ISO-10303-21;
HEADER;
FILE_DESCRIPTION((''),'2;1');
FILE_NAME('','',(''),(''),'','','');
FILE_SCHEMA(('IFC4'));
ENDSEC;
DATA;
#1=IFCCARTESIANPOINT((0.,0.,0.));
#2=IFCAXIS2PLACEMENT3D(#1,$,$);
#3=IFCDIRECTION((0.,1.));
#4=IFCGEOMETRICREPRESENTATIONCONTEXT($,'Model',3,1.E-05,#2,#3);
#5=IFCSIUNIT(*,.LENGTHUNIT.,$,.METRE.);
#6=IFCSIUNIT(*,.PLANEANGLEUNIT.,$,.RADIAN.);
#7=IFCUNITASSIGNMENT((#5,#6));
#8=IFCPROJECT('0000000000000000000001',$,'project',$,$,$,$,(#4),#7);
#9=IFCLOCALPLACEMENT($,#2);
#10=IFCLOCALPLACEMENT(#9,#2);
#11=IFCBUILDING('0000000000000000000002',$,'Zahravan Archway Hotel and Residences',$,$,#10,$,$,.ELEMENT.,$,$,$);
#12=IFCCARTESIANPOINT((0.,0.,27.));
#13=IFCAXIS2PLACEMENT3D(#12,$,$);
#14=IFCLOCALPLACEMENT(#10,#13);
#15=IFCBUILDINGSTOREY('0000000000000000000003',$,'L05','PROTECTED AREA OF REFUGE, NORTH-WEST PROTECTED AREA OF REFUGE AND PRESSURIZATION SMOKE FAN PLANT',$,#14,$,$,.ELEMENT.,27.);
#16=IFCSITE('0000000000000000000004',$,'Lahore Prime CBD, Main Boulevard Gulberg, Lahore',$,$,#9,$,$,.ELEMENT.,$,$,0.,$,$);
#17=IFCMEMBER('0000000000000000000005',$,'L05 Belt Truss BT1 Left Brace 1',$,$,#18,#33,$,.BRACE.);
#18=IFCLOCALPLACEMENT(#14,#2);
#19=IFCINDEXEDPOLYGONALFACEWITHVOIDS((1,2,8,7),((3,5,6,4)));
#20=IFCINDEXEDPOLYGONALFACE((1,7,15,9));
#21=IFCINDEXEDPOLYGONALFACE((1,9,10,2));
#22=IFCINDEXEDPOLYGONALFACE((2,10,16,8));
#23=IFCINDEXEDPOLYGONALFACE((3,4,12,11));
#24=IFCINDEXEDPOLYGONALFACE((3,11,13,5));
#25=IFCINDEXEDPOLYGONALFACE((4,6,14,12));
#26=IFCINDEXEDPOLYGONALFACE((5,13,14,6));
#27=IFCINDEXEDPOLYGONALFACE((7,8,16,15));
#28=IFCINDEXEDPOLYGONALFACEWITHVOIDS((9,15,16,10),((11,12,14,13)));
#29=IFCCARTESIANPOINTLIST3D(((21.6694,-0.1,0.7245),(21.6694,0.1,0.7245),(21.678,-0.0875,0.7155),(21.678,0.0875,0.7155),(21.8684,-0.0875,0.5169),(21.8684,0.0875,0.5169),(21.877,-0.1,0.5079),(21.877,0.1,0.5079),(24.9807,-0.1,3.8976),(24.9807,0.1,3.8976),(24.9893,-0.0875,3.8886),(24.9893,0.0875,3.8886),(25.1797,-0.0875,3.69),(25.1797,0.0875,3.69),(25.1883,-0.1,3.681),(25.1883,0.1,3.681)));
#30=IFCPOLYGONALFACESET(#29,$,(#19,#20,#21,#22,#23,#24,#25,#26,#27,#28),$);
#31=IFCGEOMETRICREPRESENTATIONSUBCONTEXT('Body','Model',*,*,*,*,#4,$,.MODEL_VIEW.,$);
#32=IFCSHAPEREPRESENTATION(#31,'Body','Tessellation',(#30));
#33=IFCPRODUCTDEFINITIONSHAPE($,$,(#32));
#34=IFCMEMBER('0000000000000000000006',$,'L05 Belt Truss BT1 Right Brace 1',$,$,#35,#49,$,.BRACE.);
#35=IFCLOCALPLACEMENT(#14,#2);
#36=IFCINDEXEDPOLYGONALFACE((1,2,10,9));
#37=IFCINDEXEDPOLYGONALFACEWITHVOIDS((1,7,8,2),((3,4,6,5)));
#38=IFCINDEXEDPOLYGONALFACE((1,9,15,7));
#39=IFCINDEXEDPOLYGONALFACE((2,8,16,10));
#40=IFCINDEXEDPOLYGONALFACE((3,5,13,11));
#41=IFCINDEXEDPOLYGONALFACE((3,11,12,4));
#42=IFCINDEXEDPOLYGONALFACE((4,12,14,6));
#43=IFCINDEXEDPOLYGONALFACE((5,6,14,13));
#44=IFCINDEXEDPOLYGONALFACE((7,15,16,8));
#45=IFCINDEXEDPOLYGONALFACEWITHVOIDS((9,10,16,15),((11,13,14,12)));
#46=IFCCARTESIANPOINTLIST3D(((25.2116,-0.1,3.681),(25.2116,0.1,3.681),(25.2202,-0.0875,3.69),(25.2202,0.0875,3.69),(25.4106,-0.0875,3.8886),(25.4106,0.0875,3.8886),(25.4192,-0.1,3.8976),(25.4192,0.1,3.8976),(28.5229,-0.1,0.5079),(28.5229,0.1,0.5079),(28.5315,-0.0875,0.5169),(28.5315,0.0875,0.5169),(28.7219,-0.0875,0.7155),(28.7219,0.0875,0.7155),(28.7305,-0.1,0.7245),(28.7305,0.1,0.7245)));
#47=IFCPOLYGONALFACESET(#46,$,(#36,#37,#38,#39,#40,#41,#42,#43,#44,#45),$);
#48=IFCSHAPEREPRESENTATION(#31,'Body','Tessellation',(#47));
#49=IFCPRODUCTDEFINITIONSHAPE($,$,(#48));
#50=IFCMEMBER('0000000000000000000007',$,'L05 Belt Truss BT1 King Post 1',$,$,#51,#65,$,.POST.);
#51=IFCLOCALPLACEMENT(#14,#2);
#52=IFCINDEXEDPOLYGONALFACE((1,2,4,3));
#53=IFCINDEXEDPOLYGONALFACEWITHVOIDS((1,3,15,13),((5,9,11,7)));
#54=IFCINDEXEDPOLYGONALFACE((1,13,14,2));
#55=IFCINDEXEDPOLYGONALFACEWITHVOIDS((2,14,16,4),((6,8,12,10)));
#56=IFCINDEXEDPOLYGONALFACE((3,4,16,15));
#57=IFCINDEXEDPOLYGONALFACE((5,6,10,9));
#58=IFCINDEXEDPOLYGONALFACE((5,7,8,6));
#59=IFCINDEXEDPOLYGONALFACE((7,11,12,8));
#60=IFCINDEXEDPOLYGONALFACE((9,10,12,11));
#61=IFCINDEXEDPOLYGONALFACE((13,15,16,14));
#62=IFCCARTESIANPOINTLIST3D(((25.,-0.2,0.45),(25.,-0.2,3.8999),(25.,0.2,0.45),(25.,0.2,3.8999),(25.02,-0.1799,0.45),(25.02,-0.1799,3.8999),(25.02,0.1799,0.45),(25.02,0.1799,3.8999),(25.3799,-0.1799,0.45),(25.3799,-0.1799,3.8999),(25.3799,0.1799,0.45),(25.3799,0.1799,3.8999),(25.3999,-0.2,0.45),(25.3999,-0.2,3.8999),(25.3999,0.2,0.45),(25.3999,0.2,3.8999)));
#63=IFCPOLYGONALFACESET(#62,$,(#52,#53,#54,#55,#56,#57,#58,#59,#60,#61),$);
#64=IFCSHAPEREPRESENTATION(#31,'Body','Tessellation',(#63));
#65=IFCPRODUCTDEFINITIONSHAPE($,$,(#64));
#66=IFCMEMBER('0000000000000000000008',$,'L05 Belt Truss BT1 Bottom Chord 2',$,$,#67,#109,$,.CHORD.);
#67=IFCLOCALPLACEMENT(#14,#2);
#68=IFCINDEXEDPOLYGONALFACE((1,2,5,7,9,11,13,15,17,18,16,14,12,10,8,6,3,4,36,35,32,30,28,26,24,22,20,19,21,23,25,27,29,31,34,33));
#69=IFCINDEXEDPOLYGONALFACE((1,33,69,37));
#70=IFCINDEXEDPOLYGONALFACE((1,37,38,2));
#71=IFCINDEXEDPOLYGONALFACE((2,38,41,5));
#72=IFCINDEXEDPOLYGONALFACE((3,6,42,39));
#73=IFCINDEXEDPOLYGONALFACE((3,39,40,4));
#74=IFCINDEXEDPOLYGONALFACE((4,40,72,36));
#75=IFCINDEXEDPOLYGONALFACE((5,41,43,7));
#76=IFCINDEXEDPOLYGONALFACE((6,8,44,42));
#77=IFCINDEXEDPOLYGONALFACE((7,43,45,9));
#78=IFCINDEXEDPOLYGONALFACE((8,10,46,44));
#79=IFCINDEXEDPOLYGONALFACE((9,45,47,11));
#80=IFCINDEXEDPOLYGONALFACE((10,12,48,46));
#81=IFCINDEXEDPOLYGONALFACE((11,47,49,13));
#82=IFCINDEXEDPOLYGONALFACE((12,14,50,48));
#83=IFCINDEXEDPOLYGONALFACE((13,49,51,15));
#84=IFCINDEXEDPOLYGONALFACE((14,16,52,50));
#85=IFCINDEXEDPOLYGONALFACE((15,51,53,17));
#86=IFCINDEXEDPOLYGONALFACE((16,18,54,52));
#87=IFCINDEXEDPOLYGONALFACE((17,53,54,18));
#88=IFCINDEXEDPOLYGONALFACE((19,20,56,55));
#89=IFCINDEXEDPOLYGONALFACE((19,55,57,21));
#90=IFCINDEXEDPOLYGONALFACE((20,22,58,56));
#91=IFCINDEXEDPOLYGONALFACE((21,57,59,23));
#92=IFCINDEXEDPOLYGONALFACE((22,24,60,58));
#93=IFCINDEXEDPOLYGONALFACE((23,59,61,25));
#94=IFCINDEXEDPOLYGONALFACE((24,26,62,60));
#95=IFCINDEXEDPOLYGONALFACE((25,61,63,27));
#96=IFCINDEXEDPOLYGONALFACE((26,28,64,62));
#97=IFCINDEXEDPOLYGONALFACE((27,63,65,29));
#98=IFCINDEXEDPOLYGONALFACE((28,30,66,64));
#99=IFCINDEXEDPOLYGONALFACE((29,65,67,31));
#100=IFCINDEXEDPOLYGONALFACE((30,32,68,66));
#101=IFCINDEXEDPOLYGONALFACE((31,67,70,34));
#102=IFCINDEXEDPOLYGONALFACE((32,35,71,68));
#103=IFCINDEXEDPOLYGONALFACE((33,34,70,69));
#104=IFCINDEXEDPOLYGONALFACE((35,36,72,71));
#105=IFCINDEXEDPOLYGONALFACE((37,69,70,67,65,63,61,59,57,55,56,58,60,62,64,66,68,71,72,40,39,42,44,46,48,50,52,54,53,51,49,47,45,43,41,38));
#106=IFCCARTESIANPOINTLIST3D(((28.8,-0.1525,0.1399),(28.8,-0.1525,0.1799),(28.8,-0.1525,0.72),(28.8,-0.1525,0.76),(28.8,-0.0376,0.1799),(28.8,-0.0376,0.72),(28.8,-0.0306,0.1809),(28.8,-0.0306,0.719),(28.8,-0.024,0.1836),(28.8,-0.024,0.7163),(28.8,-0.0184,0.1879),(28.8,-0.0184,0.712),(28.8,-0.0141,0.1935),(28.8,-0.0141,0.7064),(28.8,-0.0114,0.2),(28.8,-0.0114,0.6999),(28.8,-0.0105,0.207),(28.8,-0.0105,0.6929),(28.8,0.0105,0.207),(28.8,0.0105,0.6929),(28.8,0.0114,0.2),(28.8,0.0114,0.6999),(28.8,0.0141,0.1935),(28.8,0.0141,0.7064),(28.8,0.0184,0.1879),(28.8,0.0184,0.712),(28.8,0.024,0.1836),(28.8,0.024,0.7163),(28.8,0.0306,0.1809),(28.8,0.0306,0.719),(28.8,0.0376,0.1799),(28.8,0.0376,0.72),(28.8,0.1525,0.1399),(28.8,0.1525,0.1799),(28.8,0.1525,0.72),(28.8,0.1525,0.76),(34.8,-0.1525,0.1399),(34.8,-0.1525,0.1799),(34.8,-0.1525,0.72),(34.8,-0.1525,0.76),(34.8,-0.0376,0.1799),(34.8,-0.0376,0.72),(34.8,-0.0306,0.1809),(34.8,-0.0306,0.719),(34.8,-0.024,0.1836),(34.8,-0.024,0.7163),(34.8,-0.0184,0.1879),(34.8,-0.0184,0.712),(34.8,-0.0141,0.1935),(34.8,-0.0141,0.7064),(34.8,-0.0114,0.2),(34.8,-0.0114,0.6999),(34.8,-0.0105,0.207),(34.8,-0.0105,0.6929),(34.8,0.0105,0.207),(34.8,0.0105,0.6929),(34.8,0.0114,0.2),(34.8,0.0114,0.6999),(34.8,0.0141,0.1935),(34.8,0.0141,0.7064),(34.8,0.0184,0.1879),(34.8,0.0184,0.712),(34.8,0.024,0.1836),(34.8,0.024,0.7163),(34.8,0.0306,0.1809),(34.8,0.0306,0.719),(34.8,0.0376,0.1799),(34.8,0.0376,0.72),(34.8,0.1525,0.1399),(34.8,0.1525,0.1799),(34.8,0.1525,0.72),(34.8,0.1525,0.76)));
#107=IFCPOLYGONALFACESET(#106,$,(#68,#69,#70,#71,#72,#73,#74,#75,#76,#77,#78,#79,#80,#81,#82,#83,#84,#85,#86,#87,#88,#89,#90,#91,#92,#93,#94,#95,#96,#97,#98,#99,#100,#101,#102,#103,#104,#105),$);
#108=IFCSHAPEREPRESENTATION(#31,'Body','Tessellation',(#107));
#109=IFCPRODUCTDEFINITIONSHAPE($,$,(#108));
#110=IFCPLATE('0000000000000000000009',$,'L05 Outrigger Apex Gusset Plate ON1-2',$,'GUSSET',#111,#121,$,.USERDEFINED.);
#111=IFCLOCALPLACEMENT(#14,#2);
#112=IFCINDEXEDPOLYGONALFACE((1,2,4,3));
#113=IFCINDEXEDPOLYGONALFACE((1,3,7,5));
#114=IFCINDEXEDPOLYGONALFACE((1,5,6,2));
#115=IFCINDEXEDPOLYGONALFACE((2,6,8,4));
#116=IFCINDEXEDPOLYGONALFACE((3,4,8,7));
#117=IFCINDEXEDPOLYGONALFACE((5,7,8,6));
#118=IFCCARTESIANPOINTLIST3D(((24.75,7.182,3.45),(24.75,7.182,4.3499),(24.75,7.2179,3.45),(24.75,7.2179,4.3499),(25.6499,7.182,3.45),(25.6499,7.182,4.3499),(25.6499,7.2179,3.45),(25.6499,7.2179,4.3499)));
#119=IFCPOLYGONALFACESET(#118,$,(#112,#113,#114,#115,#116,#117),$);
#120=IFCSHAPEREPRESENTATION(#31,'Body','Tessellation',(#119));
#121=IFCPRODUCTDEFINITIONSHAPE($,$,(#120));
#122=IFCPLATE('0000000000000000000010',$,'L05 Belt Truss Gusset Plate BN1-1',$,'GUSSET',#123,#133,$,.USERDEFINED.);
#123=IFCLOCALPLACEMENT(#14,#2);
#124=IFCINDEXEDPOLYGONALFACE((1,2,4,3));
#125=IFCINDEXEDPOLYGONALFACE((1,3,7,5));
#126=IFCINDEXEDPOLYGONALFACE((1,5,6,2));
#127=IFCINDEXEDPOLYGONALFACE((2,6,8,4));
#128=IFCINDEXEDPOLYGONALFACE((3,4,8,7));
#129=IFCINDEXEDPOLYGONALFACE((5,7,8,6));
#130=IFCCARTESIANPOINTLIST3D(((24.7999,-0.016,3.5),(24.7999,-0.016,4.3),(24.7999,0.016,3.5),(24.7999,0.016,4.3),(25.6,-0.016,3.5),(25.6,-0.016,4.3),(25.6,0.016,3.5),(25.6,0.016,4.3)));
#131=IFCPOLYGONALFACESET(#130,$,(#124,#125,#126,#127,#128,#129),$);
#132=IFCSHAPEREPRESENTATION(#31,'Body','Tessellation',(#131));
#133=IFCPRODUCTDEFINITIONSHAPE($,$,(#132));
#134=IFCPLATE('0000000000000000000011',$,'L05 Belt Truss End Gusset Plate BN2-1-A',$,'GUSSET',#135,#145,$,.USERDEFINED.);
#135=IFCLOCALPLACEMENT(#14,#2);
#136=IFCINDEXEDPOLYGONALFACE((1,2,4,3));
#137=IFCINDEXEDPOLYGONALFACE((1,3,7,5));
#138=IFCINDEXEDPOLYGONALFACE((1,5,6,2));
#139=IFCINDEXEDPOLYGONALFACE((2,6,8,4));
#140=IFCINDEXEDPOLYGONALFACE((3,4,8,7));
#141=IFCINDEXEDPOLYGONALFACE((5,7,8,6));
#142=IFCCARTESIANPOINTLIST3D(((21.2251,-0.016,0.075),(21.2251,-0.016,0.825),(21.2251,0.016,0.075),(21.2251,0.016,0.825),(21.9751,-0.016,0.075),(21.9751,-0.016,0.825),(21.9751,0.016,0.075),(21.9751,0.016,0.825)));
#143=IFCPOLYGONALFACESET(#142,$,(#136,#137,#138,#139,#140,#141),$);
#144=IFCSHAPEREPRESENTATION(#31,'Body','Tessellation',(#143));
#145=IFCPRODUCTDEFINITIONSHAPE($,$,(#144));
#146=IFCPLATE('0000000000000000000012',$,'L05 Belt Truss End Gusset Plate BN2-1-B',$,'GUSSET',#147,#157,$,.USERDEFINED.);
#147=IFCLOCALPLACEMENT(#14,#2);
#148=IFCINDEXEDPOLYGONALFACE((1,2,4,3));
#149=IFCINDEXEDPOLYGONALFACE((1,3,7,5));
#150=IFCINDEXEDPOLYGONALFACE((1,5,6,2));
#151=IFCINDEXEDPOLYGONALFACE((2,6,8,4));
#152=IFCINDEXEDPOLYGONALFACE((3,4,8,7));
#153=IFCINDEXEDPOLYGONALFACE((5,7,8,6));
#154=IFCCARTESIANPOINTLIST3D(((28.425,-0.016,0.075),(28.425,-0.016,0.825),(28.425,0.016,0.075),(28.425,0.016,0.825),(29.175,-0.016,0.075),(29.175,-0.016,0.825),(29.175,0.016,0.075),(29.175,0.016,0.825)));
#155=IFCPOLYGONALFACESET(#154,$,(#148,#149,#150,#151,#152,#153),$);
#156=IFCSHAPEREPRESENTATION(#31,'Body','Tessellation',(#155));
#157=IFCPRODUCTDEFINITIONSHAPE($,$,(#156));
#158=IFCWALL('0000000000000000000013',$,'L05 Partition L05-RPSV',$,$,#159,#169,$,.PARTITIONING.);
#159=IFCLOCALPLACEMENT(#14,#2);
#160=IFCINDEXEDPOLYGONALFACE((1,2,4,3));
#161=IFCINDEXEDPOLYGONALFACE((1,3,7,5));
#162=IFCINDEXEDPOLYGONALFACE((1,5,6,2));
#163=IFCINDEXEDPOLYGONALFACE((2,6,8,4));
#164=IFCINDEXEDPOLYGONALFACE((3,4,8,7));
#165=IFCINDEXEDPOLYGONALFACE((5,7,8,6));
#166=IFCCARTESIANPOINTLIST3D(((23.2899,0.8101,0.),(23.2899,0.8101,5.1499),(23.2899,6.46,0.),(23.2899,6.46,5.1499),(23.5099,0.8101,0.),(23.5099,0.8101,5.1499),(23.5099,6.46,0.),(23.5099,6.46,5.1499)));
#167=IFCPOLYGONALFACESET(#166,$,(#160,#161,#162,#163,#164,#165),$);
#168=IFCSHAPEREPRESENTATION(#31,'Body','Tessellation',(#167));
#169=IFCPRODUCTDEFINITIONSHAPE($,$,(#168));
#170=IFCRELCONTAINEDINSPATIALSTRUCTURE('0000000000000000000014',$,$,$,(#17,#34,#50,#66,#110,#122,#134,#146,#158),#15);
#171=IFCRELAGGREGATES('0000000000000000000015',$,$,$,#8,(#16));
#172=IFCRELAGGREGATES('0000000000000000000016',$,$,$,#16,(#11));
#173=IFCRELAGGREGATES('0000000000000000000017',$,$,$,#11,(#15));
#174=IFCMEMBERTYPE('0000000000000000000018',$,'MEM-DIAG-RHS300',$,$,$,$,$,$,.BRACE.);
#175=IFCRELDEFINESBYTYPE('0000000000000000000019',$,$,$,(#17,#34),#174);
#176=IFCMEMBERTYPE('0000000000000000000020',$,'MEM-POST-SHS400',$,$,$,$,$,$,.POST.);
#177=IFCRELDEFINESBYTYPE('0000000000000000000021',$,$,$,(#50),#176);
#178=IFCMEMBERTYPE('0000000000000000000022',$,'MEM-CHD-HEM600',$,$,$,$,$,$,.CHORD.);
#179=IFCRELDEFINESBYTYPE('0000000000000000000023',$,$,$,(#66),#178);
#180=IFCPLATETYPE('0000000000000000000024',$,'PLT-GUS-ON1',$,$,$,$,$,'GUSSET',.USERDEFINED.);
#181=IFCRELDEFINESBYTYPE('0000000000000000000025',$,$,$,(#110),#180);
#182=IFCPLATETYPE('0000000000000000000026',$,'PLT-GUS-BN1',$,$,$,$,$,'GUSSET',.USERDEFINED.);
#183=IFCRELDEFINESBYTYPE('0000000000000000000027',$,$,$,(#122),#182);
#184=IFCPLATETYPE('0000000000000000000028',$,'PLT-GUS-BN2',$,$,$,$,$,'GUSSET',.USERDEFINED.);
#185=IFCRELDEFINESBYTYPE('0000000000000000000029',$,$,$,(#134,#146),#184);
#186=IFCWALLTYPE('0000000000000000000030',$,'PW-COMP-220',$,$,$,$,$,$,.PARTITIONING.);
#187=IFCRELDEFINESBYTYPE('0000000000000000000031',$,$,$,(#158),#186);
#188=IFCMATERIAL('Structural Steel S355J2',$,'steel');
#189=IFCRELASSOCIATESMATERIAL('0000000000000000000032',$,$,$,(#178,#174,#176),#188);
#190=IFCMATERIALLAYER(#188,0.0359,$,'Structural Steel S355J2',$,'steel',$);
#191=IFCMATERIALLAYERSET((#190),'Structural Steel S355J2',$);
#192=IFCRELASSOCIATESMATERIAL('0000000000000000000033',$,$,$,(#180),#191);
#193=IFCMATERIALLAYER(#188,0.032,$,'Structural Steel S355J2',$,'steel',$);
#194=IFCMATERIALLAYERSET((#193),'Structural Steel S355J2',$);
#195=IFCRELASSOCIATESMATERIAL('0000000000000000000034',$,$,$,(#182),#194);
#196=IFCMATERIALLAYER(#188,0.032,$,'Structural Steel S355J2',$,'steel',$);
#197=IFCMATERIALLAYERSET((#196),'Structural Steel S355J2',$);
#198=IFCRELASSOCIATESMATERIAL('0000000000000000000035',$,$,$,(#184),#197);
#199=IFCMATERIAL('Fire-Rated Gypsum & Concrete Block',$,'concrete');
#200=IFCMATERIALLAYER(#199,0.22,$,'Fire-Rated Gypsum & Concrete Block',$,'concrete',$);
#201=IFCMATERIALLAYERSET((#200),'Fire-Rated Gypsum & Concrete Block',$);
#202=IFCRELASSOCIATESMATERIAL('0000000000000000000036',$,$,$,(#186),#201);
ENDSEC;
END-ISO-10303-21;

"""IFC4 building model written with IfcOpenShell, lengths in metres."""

from ifc_helpers import new_model, si_unit, direction, frame, frame_2d, origin, origin_2d, place, context, subcontext, project, spatial, rectangle, hollow_rectangle, i_section, extrude, source, transform, mapped, material, layer, layer_set, material_profile, profile_set, type_object, type_shapes, element, save


model = new_model("IFC4")

# Units and contexts
model_context = context("Model", 3, precision=1e-05, world=origin(), true_north=direction((0.0, 1.0)))
body_context = subcontext(model_context, "Body", "Model", "MODEL_VIEW")
ifc_project = project(units=[si_unit("LENGTHUNIT", "METRE"), si_unit("PLANEANGLEUNIT", "RADIAN")], contexts=[model_context])

# Site, building, storey
site_placement = place(None, origin())
site = spatial("IfcSite", under=ifc_project, at=site_placement, Name="Lahore Prime CBD, Main Boulevard Gulberg, Lahore", CompositionType="ELEMENT", RefElevation=0.0)
building_placement = place(site_placement, origin())
building = spatial("IfcBuilding", under=site, at=building_placement, Name="Zahravan Archway Hotel and Residences", CompositionType="ELEMENT")
storey_placement = place(building_placement, frame((0.0, 0.0, 27.0)))
storey = spatial("IfcBuildingStorey", under=building, at=storey_placement, Name="L05", Description="PROTECTED AREA OF REFUGE, NORTH-WEST PROTECTED AREA OF REFUGE AND PRESSURIZATION SMOKE FAN PLANT", CompositionType="ELEMENT", Elevation=27.0)

# Members
ifc_material_1 = material(Name="Structural Steel S355J2", Category="steel")
ifc_material_profile_1 = material_profile(ifc_material_1, i_section(OverallWidth=0.3049, OverallDepth=0.6201, WebThickness=0.021, FlangeThickness=0.04, FilletRadius=0.0271, at=origin_2d()), Name="HEM 600", Category="steel")
ifc_profile_set_1 = profile_set([ifc_material_profile_1], Name="Structural Steel S355J2")
member_type_1 = type_object("IfcMemberType", Name="MEM-CHD-HEM600", PredefinedType="CHORD", material=ifc_profile_set_1)
ifc_material_profile_2 = material_profile(ifc_material_1, hollow_rectangle(XDim=0.2, YDim=0.3, WallThickness=0.0125, at=origin_2d()), Name="RHS 300x200x12.5", Category="steel")
ifc_profile_set_2 = profile_set([ifc_material_profile_2], Name="Structural Steel S355J2")
member_type_2 = type_object("IfcMemberType", Name="MEM-DIAG-RHS300", PredefinedType="BRACE", material=ifc_profile_set_2)
shared_shape_1 = source(origin(), body_context, "Body", "SweptSolid", [
    extrude(hollow_rectangle(XDim=0.2, YDim=0.3, WallThickness=0.0125, at=origin_2d()), origin(), (0.0, 0.0, 1.0), 4.5862),
])
type_shapes(member_type_2, [shared_shape_1])
for number, where, z_axis, x_axis, name in (
    (1, (21.7732, 0.0, 0.6162), (0.722011, 0.0, 0.691881), (0.0, 1.0, 0.0), "L05 Belt Truss BT1 Left Brace 1"),
    (2, (25.3154, 0.0, 3.7893), (0.722011, 0.0, -0.691881), (0.0, 1.0, 0.0), "L05 Belt Truss BT1 Right Brace 1"),
):
    element("IfcMember", number, at=place(storey_placement, frame(where, z_axis=z_axis, x_axis=x_axis)), inside=storey, type_object=member_type_2, Name=name, PredefinedType="BRACE", context=body_context, shape_type="MappedRepresentation", body=[
        mapped(shared_shape_1, transform((0.0, 0.0, 0.0), scale=1.0)),
    ])
ifc_material_profile_3 = material_profile(ifc_material_1, hollow_rectangle(XDim=0.3999, YDim=0.3999, WallThickness=0.02, at=origin_2d()), Name="SHS 400x400x20", Category="steel")
ifc_profile_set_3 = profile_set([ifc_material_profile_3], Name="Structural Steel S355J2")
member_type_3 = type_object("IfcMemberType", Name="MEM-POST-SHS400", PredefinedType="POST", material=ifc_profile_set_3)
shared_shape_2 = source(origin(), body_context, "Body", "SweptSolid", [
    extrude(hollow_rectangle(XDim=0.3999, YDim=0.3999, WallThickness=0.02, at=origin_2d()), origin(), (0.0, 0.0, 1.0), 3.45),
])
type_shapes(member_type_3, [shared_shape_2])
member_1_placement = place(storey_placement, frame((25.2, 0.0, 0.45), z_axis=(0.0, 0.0, 1.0), x_axis=(1.0, 0.0, 0.0)))
element("IfcMember", 3, at=member_1_placement, inside=storey, type_object=member_type_3, Name="L05 Belt Truss BT1 King Post 1", PredefinedType="POST", context=body_context, shape_type="MappedRepresentation", body=[
    mapped(shared_shape_2, transform((0.0, 0.0, 0.0), scale=1.0)),
])
shared_shape_3 = source(origin(), body_context, "Body", "SweptSolid", [
    extrude(i_section(OverallWidth=0.3049, OverallDepth=0.6201, WebThickness=0.021, FlangeThickness=0.04, FilletRadius=0.0271, at=origin_2d()), origin(), (0.0, 0.0, 1.0), 6.0),
])
member_2_placement = place(storey_placement, frame((28.8, 0.0, 0.45), z_axis=(1.0, 0.0, 0.0), x_axis=(0.0, 1.0, 0.0)))
element("IfcMember", 4, at=member_2_placement, inside=storey, type_object=member_type_1, Name="L05 Belt Truss BT1 Bottom Chord 2", PredefinedType="CHORD", context=body_context, shape_type="MappedRepresentation", body=[
    mapped(shared_shape_3, transform((0.0, 0.0, 0.0), scale=1.0)),
])

# Plates
ifc_layer_1 = layer(ifc_material_1, 0.0359, Name="Structural Steel S355J2", Category="steel")
ifc_layer_set_1 = layer_set([ifc_layer_1], Name="Structural Steel S355J2")
plate_type_1 = type_object("IfcPlateType", Name="PLT-GUS-ON1", ElementType="GUSSET", PredefinedType="USERDEFINED", material=ifc_layer_set_1)
shared_shape_4 = source(origin(), body_context, "Body", "SweptSolid", [
    extrude(rectangle(XDim=0.8999, YDim=0.0359, at=origin_2d()), origin(), (0.0, 0.0, 1.0), 0.8999),
])
type_shapes(plate_type_1, [shared_shape_4])
plate_1_placement = place(storey_placement, frame((25.2, 7.2, 3.45), z_axis=(0.0, 0.0, 1.0), x_axis=(1.0, 0.0, 0.0)))
element("IfcPlate", 5, at=plate_1_placement, inside=storey, type_object=plate_type_1, Name="L05 Outrigger Apex Gusset Plate ON1-2", ObjectType="GUSSET", PredefinedType="USERDEFINED", context=body_context, shape_type="MappedRepresentation", body=[
    mapped(shared_shape_4, transform((0.0, 0.0, 0.0), scale=1.0)),
])
ifc_layer_2 = layer(ifc_material_1, 0.032, Name="Structural Steel S355J2", Category="steel")
ifc_layer_set_2 = layer_set([ifc_layer_2], Name="Structural Steel S355J2")
plate_type_2 = type_object("IfcPlateType", Name="PLT-GUS-BN1", ElementType="GUSSET", PredefinedType="USERDEFINED", material=ifc_layer_set_2)
shared_shape_5 = source(origin(), body_context, "Body", "SweptSolid", [
    extrude(rectangle(XDim=0.8, YDim=0.032, at=origin_2d()), origin(), (0.0, 0.0, 1.0), 0.8),
])
type_shapes(plate_type_2, [shared_shape_5])
plate_2_placement = place(storey_placement, frame((25.2, 0.0, 3.5), z_axis=(0.0, 0.0, 1.0), x_axis=(1.0, 0.0, 0.0)))
element("IfcPlate", 6, at=plate_2_placement, inside=storey, type_object=plate_type_2, Name="L05 Belt Truss Gusset Plate BN1-1", ObjectType="GUSSET", PredefinedType="USERDEFINED", context=body_context, shape_type="MappedRepresentation", body=[
    mapped(shared_shape_5, transform((0.0, 0.0, 0.0), scale=1.0)),
])
ifc_layer_3 = layer(ifc_material_1, 0.032, Name="Structural Steel S355J2", Category="steel")
ifc_layer_set_3 = layer_set([ifc_layer_3], Name="Structural Steel S355J2")
plate_type_3 = type_object("IfcPlateType", Name="PLT-GUS-BN2", ElementType="GUSSET", PredefinedType="USERDEFINED", material=ifc_layer_set_3)
shared_shape_6 = source(origin(), body_context, "Body", "SweptSolid", [
    extrude(rectangle(XDim=0.75, YDim=0.032, at=origin_2d()), origin(), (0.0, 0.0, 1.0), 0.75),
])
type_shapes(plate_type_3, [shared_shape_6])
for number, where, z_axis, x_axis, name in (
    (7, (21.6001, 0.0, 0.075), (0.0, 0.0, 1.0), (1.0, 0.0, 0.0), "L05 Belt Truss End Gusset Plate BN2-1-A"),
    (8, (28.8, 0.0, 0.075), (0.0, 0.0, 1.0), (1.0, 0.0, 0.0), "L05 Belt Truss End Gusset Plate BN2-1-B"),
):
    element("IfcPlate", number, at=place(storey_placement, frame(where, z_axis=z_axis, x_axis=x_axis)), inside=storey, type_object=plate_type_3, Name=name, ObjectType="GUSSET", PredefinedType="USERDEFINED", context=body_context, shape_type="MappedRepresentation", body=[
        mapped(shared_shape_6, transform((0.0, 0.0, 0.0), scale=1.0)),
    ])

# Wall
ifc_material_2 = material(Name="Fire-Rated Gypsum & Concrete Block", Category="concrete")
ifc_layer_4 = layer(ifc_material_2, 0.22, Name="Fire-Rated Gypsum & Concrete Block", Category="concrete")
ifc_layer_set_4 = layer_set([ifc_layer_4], Name="Fire-Rated Gypsum & Concrete Block")
wall_type = type_object("IfcWallType", Name="PW-COMP-220", PredefinedType="PARTITIONING", material=ifc_layer_set_4)
wall_placement = place(storey_placement, frame((23.3999, 0.8101, 0.0), z_axis=(0.0, 0.0, 1.0), x_axis=(0.0, 1.0, 0.0)))
element("IfcWall", 9, at=wall_placement, inside=storey, type_object=wall_type, Name="L05 Partition L05-RPSV", PredefinedType="PARTITIONING", context=body_context, shape_type="SweptSolid", body=[
    extrude(rectangle(XDim=5.6499, YDim=0.22, at=frame_2d((2.825, 0.0))), origin(), (0.0, 0.0, 1.0), 5.1499),
])

save(model, "model.ifc")
